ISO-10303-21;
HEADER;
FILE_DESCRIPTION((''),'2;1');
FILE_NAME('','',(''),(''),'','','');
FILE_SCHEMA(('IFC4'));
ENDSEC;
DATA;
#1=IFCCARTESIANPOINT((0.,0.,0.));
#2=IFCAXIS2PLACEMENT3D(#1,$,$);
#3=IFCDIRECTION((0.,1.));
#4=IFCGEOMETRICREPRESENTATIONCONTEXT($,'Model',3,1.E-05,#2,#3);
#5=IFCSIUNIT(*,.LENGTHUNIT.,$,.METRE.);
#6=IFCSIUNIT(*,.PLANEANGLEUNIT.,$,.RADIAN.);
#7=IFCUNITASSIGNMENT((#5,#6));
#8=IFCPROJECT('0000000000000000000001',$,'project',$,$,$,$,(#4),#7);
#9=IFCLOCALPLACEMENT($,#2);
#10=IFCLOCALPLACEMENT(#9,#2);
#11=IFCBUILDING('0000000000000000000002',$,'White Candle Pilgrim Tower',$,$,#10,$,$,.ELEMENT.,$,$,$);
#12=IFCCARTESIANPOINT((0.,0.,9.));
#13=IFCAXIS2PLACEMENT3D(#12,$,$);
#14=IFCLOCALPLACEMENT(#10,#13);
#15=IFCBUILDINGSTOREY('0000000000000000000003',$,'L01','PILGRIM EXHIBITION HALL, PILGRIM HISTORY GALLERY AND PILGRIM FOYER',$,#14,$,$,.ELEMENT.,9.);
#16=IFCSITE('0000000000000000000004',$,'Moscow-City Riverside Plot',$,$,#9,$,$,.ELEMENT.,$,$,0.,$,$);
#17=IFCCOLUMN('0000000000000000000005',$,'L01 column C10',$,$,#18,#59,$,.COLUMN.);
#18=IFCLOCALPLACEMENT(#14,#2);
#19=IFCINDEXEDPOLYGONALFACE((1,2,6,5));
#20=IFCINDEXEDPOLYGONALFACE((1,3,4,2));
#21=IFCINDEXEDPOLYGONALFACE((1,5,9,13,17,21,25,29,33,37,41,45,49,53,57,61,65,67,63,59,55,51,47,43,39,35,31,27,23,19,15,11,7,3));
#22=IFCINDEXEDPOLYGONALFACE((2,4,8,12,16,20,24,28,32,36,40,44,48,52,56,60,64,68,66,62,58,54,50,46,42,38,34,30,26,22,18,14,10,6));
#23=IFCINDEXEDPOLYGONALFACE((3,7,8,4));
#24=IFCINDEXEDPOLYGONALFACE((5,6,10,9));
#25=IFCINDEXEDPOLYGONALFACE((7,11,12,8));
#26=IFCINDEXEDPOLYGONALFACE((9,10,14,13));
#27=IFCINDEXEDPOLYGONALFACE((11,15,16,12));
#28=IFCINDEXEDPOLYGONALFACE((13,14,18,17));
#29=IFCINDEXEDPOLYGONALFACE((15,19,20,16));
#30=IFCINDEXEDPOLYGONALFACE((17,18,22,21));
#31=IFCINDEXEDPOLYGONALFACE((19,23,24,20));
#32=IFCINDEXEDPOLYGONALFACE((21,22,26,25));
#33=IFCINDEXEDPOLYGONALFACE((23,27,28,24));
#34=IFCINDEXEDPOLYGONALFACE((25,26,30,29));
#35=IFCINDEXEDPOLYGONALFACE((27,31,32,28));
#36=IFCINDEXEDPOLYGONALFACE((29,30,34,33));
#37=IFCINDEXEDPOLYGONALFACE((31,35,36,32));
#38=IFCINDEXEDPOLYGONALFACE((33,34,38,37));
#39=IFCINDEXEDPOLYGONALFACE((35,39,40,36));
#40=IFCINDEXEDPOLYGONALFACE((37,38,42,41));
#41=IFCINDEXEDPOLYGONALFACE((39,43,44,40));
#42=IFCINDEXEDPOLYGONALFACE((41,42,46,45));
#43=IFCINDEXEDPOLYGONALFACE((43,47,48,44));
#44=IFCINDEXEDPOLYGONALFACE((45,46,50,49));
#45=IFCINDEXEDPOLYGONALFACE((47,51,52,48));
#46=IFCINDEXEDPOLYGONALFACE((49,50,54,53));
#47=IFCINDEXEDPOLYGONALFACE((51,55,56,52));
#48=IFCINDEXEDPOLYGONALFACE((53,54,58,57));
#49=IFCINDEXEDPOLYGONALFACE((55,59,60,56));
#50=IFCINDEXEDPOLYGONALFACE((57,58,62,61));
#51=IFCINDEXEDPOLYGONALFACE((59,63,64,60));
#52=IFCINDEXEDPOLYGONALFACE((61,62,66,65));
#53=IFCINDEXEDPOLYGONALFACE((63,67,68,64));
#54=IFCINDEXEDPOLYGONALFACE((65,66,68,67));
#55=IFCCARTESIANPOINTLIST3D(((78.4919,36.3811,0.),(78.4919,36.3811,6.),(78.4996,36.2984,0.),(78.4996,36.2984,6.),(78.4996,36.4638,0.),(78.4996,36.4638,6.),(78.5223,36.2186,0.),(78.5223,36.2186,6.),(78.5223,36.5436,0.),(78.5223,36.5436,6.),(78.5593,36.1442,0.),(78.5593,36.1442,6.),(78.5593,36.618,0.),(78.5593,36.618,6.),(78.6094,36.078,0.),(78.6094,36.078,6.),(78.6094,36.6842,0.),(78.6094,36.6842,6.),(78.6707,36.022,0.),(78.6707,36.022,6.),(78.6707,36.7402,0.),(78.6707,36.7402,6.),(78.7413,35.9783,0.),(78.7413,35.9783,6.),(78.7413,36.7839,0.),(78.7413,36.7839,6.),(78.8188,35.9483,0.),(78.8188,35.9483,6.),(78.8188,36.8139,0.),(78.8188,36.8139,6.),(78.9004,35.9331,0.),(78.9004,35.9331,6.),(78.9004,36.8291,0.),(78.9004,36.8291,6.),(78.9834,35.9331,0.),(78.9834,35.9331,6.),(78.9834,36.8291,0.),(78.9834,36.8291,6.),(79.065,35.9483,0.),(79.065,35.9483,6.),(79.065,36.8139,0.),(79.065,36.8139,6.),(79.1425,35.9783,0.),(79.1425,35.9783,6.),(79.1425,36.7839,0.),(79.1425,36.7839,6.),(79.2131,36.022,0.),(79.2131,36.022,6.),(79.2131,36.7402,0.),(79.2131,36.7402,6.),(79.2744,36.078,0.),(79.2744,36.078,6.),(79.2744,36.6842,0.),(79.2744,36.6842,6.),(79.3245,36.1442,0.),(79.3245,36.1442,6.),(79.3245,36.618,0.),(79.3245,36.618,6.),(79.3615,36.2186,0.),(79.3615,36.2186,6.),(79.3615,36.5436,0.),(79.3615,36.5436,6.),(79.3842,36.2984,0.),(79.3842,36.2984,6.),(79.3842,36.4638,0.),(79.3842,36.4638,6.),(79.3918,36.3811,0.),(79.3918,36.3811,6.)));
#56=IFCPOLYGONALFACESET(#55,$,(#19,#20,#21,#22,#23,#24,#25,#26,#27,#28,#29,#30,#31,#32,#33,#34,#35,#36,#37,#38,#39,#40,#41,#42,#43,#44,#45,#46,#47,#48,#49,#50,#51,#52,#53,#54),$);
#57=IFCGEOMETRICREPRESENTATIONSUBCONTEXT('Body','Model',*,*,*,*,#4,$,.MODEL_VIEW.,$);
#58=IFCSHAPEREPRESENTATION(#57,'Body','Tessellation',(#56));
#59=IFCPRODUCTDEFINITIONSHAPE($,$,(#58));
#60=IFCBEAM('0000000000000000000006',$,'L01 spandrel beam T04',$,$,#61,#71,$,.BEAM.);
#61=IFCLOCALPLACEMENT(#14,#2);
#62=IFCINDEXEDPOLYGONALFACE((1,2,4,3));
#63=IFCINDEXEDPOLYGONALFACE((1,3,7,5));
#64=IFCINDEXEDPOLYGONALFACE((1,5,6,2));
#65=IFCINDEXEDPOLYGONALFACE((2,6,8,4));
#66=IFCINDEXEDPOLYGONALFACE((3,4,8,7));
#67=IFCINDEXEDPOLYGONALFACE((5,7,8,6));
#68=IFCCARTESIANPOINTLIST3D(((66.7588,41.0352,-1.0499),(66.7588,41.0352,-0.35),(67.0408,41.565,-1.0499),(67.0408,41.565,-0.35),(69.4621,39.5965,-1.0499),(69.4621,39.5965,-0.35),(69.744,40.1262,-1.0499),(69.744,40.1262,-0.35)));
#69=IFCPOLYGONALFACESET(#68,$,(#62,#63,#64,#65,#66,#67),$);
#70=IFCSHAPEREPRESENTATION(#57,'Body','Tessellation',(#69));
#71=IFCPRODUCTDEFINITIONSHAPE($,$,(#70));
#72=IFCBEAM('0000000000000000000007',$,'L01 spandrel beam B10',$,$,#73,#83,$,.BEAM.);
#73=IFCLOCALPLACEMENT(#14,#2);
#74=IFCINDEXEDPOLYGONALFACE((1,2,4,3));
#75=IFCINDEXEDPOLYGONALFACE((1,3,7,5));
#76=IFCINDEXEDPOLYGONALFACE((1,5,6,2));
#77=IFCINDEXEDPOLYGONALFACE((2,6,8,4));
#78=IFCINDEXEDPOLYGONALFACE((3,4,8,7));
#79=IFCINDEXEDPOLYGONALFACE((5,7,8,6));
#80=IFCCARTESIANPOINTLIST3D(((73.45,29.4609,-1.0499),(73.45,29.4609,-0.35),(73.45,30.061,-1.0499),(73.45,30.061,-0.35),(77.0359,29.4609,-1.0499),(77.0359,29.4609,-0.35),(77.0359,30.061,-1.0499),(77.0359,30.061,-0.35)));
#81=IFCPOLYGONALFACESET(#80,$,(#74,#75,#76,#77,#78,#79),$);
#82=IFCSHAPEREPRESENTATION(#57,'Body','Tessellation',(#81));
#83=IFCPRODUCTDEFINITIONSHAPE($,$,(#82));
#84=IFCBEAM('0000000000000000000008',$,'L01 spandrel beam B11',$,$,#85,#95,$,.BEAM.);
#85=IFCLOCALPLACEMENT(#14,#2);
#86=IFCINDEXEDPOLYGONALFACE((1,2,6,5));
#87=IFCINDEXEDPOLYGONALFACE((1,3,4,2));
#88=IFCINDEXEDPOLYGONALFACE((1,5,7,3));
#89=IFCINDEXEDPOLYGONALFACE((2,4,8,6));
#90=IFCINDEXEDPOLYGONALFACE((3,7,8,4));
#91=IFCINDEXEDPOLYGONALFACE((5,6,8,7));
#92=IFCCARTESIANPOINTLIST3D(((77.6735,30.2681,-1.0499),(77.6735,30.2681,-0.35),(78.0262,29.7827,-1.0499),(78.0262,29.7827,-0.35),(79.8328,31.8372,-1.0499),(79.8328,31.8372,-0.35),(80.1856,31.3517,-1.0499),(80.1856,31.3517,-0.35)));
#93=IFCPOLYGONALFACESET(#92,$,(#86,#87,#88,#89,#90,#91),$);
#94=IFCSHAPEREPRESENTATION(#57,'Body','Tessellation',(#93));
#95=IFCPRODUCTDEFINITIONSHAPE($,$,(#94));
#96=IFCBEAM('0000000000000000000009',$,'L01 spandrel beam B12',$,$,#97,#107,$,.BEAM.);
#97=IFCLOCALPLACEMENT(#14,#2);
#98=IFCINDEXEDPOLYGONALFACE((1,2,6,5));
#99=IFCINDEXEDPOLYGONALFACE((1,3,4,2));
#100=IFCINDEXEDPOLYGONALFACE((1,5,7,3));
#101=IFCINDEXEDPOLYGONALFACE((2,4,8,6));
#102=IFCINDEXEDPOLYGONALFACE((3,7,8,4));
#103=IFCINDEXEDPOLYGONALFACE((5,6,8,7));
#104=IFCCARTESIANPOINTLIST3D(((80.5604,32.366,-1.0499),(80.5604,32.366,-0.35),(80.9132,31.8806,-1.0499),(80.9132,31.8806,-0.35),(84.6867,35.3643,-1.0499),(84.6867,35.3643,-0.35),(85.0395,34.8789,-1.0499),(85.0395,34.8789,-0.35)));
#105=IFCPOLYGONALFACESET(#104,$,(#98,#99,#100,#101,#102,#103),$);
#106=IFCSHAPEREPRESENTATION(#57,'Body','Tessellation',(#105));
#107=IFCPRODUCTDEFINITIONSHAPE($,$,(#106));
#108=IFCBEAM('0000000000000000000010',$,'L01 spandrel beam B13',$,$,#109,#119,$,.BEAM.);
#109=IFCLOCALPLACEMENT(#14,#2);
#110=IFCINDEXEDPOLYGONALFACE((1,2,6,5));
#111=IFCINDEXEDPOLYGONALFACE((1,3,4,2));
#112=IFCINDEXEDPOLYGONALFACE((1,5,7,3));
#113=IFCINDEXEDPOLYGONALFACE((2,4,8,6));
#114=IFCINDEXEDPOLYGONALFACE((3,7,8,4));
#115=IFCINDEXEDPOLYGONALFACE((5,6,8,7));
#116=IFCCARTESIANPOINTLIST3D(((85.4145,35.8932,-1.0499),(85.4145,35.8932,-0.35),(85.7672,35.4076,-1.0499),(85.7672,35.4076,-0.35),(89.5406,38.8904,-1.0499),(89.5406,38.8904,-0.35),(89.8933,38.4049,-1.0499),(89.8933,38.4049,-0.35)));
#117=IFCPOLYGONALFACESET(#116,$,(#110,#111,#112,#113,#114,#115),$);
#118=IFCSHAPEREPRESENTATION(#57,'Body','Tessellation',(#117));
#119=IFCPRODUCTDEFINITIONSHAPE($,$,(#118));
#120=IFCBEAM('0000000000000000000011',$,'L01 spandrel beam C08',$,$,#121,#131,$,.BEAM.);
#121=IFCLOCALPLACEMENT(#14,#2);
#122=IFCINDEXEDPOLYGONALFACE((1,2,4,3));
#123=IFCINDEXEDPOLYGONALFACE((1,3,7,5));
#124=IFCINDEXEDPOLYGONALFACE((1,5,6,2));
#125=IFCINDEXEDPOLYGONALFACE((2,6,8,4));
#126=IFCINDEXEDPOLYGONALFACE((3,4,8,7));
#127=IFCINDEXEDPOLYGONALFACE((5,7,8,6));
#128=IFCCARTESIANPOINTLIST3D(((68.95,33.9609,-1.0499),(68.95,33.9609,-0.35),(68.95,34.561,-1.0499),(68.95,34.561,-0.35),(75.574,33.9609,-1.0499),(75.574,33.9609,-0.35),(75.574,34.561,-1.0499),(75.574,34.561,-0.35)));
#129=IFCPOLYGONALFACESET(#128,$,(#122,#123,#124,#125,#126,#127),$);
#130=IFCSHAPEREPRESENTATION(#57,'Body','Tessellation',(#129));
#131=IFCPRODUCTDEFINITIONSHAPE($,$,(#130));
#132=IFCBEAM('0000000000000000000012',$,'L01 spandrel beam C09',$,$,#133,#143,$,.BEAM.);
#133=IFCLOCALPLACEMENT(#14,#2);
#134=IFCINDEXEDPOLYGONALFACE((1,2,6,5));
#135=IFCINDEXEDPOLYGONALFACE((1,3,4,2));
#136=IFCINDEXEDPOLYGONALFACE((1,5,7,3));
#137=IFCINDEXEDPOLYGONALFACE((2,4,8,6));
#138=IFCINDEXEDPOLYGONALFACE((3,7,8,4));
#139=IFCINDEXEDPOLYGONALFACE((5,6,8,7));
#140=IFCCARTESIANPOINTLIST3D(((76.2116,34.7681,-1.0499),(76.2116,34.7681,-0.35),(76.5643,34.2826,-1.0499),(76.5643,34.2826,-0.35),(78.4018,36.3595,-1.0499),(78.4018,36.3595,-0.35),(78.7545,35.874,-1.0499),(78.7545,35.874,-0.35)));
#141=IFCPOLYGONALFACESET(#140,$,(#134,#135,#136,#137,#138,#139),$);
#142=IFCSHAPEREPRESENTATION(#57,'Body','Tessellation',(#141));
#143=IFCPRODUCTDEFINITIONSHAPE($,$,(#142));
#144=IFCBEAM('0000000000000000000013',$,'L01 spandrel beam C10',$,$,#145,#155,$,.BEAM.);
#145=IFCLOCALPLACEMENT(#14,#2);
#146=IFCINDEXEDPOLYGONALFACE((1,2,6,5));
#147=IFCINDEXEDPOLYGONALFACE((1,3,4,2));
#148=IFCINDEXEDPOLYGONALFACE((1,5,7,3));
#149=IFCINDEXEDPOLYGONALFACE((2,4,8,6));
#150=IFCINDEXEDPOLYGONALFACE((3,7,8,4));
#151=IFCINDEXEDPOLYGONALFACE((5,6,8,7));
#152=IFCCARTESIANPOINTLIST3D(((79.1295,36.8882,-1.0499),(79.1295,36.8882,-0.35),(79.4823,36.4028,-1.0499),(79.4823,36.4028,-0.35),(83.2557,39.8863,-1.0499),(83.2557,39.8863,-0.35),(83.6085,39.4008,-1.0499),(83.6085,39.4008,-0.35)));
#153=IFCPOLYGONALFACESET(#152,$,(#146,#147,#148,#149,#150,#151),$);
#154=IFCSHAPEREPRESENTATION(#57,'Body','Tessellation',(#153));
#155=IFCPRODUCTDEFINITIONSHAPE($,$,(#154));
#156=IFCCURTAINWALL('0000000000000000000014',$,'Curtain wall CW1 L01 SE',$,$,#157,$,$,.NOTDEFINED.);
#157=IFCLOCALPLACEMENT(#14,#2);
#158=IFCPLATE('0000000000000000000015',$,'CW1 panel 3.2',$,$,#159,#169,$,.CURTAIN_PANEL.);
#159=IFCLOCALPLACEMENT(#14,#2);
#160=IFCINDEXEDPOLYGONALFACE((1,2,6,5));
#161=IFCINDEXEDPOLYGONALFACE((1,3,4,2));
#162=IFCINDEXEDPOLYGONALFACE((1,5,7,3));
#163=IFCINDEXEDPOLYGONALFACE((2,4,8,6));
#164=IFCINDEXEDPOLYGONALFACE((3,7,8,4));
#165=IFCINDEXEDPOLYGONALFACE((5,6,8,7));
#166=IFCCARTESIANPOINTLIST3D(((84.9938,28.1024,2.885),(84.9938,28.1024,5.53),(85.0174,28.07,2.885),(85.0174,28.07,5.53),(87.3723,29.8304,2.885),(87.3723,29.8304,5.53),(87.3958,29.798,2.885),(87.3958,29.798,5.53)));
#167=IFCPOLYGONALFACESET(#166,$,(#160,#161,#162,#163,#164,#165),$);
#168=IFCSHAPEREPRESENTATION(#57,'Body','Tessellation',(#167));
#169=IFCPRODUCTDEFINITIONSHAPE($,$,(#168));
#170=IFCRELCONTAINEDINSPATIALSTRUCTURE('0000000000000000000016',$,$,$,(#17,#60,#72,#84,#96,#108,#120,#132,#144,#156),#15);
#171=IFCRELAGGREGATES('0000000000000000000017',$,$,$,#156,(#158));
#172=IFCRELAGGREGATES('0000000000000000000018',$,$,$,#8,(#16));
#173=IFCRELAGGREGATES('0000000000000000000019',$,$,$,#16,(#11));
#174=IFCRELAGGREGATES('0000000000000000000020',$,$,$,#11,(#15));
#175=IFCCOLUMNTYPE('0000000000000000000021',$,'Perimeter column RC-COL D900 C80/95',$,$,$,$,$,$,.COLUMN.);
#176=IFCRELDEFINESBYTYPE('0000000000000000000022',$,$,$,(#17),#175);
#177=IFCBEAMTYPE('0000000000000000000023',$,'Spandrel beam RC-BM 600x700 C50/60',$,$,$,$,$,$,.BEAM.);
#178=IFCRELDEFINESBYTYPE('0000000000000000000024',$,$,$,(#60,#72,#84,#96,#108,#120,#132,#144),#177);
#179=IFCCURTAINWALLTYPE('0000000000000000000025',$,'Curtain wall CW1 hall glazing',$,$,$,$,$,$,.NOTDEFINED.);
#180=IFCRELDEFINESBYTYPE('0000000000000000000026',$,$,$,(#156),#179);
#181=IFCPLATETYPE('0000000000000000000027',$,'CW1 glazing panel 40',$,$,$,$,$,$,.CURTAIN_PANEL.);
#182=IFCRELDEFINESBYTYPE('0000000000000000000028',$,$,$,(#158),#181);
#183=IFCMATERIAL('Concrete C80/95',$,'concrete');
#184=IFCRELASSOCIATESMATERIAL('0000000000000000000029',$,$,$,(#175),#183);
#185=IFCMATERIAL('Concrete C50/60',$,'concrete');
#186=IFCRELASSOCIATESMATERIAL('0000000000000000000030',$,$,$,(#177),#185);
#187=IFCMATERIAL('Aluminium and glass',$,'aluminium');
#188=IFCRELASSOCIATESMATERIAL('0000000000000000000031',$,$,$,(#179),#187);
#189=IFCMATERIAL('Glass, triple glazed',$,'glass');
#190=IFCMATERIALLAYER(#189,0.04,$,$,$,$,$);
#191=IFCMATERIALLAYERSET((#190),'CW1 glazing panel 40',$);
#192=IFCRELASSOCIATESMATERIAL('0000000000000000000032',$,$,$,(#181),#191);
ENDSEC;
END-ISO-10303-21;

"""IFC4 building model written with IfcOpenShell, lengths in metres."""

from ifc_helpers import new_model, si_unit, direction, frame, origin, origin_2d, place, context, subcontext, project, spatial, rectangle, circle, extrude, material, layer, layer_set, material_profile, profile_set, type_object, element, aggregate, save


model = new_model("IFC4")

# Units and contexts
model_context = context("Model", 3, precision=1e-05, world=origin(), true_north=direction((0.0, 1.0)))
body_context = subcontext(model_context, "Body", "Model", "MODEL_VIEW")
ifc_project = project(units=[si_unit("LENGTHUNIT", "METRE"), si_unit("PLANEANGLEUNIT", "RADIAN")], contexts=[model_context])

# Site, building, storey
site_placement = place(None, origin())
site = spatial("IfcSite", under=ifc_project, at=site_placement, Name="Moscow-City Riverside Plot", CompositionType="ELEMENT", RefElevation=0.0)
building_placement = place(site_placement, origin())
building = spatial("IfcBuilding", under=site, at=building_placement, Name="White Candle Pilgrim Tower", CompositionType="ELEMENT")
storey_placement = place(building_placement, frame((0.0, 0.0, 9.0)))
storey = spatial("IfcBuildingStorey", under=building, at=storey_placement, Name="L01", Description="PILGRIM EXHIBITION HALL, PILGRIM HISTORY GALLERY AND PILGRIM FOYER", CompositionType="ELEMENT", Elevation=9.0)

# Column
ifc_material_1 = material(Name="Concrete C80/95", Category="concrete")
ifc_material_profile_1 = material_profile(ifc_material_1, circle(Radius=0.45, at=origin_2d()), Name="RC-COL D900")
ifc_profile_set_1 = profile_set([ifc_material_profile_1], Name="Concrete C80/95")
column_type = type_object("IfcColumnType", Name="Perimeter column RC-COL D900 C80/95", PredefinedType="COLUMN", material=ifc_profile_set_1)
for number, where, z_axis, x_axis, name in (
    (1, (78.9419, 36.3811, 0.0), (0.0, 0.0, 1.0), (1.0, 0.0, 0.0), "L01 column C10"),
):
    element("IfcColumn", number, at=place(storey_placement, frame(where, z_axis=z_axis, x_axis=x_axis)), inside=storey, type_object=column_type, Name=name, PredefinedType="COLUMN", context=body_context, shape_type="SweptSolid", body=[
        extrude(circle(Radius=0.45, at=origin_2d()), origin(), (0.0, 0.0, 1.0), 6.0),
    ])

# Beams
ifc_material_2 = material(Name="Concrete C50/60", Category="concrete")
ifc_material_profile_2 = material_profile(ifc_material_2, rectangle(XDim=0.6001, YDim=0.7, at=origin_2d()), Name="RC-BM 600x700")
ifc_profile_set_2 = profile_set([ifc_material_profile_2], Name="Concrete C50/60")
beam_type = type_object("IfcBeamType", Name="Spandrel beam RC-BM 600x700 C50/60", PredefinedType="BEAM", material=ifc_profile_set_2)
beam_1_placement = place(storey_placement, frame((69.603, 39.8613, -0.7), z_axis=(-0.882752, 0.469839, 0.0), x_axis=(-0.469839, -0.882752, 0.0)))
element("IfcBeam", 2, at=beam_1_placement, inside=storey, type_object=beam_type, Name="L01 spandrel beam T04", PredefinedType="BEAM", context=body_context, shape_type="SweptSolid", body=[
    extrude(rectangle(XDim=0.6001, YDim=0.7, at=origin_2d()), origin(), (0.0, 0.0, 1.0), 3.0623),
])
beam_2_placement = place(storey_placement, frame((73.45, 29.761, -0.7), z_axis=(1.0, 0.0, 0.0), x_axis=(0.0, 1.0, 0.0)))
element("IfcBeam", 3, at=beam_2_placement, inside=storey, type_object=beam_type, Name="L01 spandrel beam B10", PredefinedType="BEAM", context=body_context, shape_type="SweptSolid", body=[
    extrude(rectangle(XDim=0.6001, YDim=0.7, at=origin_2d()), origin(), (0.0, 0.0, 1.0), 3.5859),
])
beam_3_placement = place(storey_placement, frame((77.8499, 30.0254, -0.7), z_axis=(0.808985, 0.587829, 0.0), x_axis=(-0.587829, 0.808985, 0.0)))
element("IfcBeam", 4, at=beam_3_placement, inside=storey, type_object=beam_type, Name="L01 spandrel beam B11", PredefinedType="BEAM", context=body_context, shape_type="SweptSolid", body=[
    extrude(rectangle(XDim=0.6001, YDim=0.7, at=origin_2d()), origin(), (0.0, 0.0, 1.0), 2.6692),
])
beam_4_placement = place(storey_placement, frame((80.7368, 32.1233, -0.7), z_axis=(0.808978, 0.587839, 0.0), x_axis=(-0.587839, 0.808978, 0.0)))
element("IfcBeam", 5, at=beam_4_placement, inside=storey, type_object=beam_type, Name="L01 spandrel beam B12", PredefinedType="BEAM", context=body_context, shape_type="SweptSolid", body=[
    extrude(rectangle(XDim=0.6001, YDim=0.7, at=origin_2d()), origin(), (0.0, 0.0, 1.0), 5.1006),
])
beam_5_placement = place(storey_placement, frame((85.5908, 35.6504, -0.7), z_axis=(0.809069, 0.587713, 0.0), x_axis=(-0.587713, 0.809069, 0.0)))
element("IfcBeam", 6, at=beam_5_placement, inside=storey, type_object=beam_type, Name="L01 spandrel beam B13", PredefinedType="BEAM", context=body_context, shape_type="SweptSolid", body=[
    extrude(rectangle(XDim=0.6001, YDim=0.7, at=origin_2d()), origin(), (0.0, 0.0, 1.0), 5.0999),
])
beam_6_placement = place(storey_placement, frame((68.95, 34.261, -0.7), z_axis=(1.0, 0.0, 0.0), x_axis=(0.0, 1.0, 0.0)))
element("IfcBeam", 7, at=beam_6_placement, inside=storey, type_object=beam_type, Name="L01 spandrel beam C08", PredefinedType="BEAM", context=body_context, shape_type="SweptSolid", body=[
    extrude(rectangle(XDim=0.6001, YDim=0.7, at=origin_2d()), origin(), (0.0, 0.0, 1.0), 6.624),
])
beam_7_placement = place(storey_placement, frame((76.3879, 34.5254, -0.7), z_axis=(0.809009, 0.587796, 0.0), x_axis=(-0.587796, 0.809009, 0.0)))
element("IfcBeam", 8, at=beam_7_placement, inside=storey, type_object=beam_type, Name="L01 spandrel beam C09", PredefinedType="BEAM", context=body_context, shape_type="SweptSolid", body=[
    extrude(rectangle(XDim=0.6001, YDim=0.7, at=origin_2d()), origin(), (0.0, 0.0, 1.0), 2.7073),
])
beam_8_placement = place(storey_placement, frame((79.3059, 36.6455, -0.7), z_axis=(0.809001, 0.587807, 0.0), x_axis=(-0.587807, 0.809001, 0.0)))
element("IfcBeam", 9, at=beam_8_placement, inside=storey, type_object=beam_type, Name="L01 spandrel beam C10", PredefinedType="BEAM", context=body_context, shape_type="SweptSolid", body=[
    extrude(rectangle(XDim=0.6001, YDim=0.7, at=origin_2d()), origin(), (0.0, 0.0, 1.0), 5.1003),
])

# Curtain wall, plate
ifc_material_3 = material(Name="Aluminium and glass", Category="aluminium")
curtain_wall_type = type_object("IfcCurtainWallType", Name="Curtain wall CW1 hall glazing", PredefinedType="NOTDEFINED", material=ifc_material_3)
curtain_wall_placement = place(storey_placement, origin())
curtain_wall = element("IfcCurtainWall", 10, at=curtain_wall_placement, inside=storey, type_object=curtain_wall_type, Name="Curtain wall CW1 L01 SE", PredefinedType="NOTDEFINED")
ifc_material_4 = material(Name="Glass, triple glazed", Category="glass")
ifc_layer_1 = layer(ifc_material_4, 0.04)
ifc_layer_set_1 = layer_set([ifc_layer_1], Name="CW1 glazing panel 40")
plate_type = type_object("IfcPlateType", Name="CW1 glazing panel 40", PredefinedType="CURTAIN_PANEL", material=ifc_layer_set_1)
plate_placement = place(storey_placement, frame((86.1948, 28.9502, 2.885), z_axis=(0.0, 0.0, 1.0), x_axis=(0.809017, 0.587785, 0.0)))
plate = element("IfcPlate", 11, at=plate_placement, type_object=plate_type, Name="CW1 panel 3.2", PredefinedType="CURTAIN_PANEL", context=body_context, shape_type="SweptSolid", body=[
    extrude(rectangle(XDim=2.9399, YDim=0.04, at=origin_2d()), origin(), (0.0, 0.0, 1.0), 2.645),
])
aggregate(curtain_wall, [plate])

save(model, "model.ifc")
